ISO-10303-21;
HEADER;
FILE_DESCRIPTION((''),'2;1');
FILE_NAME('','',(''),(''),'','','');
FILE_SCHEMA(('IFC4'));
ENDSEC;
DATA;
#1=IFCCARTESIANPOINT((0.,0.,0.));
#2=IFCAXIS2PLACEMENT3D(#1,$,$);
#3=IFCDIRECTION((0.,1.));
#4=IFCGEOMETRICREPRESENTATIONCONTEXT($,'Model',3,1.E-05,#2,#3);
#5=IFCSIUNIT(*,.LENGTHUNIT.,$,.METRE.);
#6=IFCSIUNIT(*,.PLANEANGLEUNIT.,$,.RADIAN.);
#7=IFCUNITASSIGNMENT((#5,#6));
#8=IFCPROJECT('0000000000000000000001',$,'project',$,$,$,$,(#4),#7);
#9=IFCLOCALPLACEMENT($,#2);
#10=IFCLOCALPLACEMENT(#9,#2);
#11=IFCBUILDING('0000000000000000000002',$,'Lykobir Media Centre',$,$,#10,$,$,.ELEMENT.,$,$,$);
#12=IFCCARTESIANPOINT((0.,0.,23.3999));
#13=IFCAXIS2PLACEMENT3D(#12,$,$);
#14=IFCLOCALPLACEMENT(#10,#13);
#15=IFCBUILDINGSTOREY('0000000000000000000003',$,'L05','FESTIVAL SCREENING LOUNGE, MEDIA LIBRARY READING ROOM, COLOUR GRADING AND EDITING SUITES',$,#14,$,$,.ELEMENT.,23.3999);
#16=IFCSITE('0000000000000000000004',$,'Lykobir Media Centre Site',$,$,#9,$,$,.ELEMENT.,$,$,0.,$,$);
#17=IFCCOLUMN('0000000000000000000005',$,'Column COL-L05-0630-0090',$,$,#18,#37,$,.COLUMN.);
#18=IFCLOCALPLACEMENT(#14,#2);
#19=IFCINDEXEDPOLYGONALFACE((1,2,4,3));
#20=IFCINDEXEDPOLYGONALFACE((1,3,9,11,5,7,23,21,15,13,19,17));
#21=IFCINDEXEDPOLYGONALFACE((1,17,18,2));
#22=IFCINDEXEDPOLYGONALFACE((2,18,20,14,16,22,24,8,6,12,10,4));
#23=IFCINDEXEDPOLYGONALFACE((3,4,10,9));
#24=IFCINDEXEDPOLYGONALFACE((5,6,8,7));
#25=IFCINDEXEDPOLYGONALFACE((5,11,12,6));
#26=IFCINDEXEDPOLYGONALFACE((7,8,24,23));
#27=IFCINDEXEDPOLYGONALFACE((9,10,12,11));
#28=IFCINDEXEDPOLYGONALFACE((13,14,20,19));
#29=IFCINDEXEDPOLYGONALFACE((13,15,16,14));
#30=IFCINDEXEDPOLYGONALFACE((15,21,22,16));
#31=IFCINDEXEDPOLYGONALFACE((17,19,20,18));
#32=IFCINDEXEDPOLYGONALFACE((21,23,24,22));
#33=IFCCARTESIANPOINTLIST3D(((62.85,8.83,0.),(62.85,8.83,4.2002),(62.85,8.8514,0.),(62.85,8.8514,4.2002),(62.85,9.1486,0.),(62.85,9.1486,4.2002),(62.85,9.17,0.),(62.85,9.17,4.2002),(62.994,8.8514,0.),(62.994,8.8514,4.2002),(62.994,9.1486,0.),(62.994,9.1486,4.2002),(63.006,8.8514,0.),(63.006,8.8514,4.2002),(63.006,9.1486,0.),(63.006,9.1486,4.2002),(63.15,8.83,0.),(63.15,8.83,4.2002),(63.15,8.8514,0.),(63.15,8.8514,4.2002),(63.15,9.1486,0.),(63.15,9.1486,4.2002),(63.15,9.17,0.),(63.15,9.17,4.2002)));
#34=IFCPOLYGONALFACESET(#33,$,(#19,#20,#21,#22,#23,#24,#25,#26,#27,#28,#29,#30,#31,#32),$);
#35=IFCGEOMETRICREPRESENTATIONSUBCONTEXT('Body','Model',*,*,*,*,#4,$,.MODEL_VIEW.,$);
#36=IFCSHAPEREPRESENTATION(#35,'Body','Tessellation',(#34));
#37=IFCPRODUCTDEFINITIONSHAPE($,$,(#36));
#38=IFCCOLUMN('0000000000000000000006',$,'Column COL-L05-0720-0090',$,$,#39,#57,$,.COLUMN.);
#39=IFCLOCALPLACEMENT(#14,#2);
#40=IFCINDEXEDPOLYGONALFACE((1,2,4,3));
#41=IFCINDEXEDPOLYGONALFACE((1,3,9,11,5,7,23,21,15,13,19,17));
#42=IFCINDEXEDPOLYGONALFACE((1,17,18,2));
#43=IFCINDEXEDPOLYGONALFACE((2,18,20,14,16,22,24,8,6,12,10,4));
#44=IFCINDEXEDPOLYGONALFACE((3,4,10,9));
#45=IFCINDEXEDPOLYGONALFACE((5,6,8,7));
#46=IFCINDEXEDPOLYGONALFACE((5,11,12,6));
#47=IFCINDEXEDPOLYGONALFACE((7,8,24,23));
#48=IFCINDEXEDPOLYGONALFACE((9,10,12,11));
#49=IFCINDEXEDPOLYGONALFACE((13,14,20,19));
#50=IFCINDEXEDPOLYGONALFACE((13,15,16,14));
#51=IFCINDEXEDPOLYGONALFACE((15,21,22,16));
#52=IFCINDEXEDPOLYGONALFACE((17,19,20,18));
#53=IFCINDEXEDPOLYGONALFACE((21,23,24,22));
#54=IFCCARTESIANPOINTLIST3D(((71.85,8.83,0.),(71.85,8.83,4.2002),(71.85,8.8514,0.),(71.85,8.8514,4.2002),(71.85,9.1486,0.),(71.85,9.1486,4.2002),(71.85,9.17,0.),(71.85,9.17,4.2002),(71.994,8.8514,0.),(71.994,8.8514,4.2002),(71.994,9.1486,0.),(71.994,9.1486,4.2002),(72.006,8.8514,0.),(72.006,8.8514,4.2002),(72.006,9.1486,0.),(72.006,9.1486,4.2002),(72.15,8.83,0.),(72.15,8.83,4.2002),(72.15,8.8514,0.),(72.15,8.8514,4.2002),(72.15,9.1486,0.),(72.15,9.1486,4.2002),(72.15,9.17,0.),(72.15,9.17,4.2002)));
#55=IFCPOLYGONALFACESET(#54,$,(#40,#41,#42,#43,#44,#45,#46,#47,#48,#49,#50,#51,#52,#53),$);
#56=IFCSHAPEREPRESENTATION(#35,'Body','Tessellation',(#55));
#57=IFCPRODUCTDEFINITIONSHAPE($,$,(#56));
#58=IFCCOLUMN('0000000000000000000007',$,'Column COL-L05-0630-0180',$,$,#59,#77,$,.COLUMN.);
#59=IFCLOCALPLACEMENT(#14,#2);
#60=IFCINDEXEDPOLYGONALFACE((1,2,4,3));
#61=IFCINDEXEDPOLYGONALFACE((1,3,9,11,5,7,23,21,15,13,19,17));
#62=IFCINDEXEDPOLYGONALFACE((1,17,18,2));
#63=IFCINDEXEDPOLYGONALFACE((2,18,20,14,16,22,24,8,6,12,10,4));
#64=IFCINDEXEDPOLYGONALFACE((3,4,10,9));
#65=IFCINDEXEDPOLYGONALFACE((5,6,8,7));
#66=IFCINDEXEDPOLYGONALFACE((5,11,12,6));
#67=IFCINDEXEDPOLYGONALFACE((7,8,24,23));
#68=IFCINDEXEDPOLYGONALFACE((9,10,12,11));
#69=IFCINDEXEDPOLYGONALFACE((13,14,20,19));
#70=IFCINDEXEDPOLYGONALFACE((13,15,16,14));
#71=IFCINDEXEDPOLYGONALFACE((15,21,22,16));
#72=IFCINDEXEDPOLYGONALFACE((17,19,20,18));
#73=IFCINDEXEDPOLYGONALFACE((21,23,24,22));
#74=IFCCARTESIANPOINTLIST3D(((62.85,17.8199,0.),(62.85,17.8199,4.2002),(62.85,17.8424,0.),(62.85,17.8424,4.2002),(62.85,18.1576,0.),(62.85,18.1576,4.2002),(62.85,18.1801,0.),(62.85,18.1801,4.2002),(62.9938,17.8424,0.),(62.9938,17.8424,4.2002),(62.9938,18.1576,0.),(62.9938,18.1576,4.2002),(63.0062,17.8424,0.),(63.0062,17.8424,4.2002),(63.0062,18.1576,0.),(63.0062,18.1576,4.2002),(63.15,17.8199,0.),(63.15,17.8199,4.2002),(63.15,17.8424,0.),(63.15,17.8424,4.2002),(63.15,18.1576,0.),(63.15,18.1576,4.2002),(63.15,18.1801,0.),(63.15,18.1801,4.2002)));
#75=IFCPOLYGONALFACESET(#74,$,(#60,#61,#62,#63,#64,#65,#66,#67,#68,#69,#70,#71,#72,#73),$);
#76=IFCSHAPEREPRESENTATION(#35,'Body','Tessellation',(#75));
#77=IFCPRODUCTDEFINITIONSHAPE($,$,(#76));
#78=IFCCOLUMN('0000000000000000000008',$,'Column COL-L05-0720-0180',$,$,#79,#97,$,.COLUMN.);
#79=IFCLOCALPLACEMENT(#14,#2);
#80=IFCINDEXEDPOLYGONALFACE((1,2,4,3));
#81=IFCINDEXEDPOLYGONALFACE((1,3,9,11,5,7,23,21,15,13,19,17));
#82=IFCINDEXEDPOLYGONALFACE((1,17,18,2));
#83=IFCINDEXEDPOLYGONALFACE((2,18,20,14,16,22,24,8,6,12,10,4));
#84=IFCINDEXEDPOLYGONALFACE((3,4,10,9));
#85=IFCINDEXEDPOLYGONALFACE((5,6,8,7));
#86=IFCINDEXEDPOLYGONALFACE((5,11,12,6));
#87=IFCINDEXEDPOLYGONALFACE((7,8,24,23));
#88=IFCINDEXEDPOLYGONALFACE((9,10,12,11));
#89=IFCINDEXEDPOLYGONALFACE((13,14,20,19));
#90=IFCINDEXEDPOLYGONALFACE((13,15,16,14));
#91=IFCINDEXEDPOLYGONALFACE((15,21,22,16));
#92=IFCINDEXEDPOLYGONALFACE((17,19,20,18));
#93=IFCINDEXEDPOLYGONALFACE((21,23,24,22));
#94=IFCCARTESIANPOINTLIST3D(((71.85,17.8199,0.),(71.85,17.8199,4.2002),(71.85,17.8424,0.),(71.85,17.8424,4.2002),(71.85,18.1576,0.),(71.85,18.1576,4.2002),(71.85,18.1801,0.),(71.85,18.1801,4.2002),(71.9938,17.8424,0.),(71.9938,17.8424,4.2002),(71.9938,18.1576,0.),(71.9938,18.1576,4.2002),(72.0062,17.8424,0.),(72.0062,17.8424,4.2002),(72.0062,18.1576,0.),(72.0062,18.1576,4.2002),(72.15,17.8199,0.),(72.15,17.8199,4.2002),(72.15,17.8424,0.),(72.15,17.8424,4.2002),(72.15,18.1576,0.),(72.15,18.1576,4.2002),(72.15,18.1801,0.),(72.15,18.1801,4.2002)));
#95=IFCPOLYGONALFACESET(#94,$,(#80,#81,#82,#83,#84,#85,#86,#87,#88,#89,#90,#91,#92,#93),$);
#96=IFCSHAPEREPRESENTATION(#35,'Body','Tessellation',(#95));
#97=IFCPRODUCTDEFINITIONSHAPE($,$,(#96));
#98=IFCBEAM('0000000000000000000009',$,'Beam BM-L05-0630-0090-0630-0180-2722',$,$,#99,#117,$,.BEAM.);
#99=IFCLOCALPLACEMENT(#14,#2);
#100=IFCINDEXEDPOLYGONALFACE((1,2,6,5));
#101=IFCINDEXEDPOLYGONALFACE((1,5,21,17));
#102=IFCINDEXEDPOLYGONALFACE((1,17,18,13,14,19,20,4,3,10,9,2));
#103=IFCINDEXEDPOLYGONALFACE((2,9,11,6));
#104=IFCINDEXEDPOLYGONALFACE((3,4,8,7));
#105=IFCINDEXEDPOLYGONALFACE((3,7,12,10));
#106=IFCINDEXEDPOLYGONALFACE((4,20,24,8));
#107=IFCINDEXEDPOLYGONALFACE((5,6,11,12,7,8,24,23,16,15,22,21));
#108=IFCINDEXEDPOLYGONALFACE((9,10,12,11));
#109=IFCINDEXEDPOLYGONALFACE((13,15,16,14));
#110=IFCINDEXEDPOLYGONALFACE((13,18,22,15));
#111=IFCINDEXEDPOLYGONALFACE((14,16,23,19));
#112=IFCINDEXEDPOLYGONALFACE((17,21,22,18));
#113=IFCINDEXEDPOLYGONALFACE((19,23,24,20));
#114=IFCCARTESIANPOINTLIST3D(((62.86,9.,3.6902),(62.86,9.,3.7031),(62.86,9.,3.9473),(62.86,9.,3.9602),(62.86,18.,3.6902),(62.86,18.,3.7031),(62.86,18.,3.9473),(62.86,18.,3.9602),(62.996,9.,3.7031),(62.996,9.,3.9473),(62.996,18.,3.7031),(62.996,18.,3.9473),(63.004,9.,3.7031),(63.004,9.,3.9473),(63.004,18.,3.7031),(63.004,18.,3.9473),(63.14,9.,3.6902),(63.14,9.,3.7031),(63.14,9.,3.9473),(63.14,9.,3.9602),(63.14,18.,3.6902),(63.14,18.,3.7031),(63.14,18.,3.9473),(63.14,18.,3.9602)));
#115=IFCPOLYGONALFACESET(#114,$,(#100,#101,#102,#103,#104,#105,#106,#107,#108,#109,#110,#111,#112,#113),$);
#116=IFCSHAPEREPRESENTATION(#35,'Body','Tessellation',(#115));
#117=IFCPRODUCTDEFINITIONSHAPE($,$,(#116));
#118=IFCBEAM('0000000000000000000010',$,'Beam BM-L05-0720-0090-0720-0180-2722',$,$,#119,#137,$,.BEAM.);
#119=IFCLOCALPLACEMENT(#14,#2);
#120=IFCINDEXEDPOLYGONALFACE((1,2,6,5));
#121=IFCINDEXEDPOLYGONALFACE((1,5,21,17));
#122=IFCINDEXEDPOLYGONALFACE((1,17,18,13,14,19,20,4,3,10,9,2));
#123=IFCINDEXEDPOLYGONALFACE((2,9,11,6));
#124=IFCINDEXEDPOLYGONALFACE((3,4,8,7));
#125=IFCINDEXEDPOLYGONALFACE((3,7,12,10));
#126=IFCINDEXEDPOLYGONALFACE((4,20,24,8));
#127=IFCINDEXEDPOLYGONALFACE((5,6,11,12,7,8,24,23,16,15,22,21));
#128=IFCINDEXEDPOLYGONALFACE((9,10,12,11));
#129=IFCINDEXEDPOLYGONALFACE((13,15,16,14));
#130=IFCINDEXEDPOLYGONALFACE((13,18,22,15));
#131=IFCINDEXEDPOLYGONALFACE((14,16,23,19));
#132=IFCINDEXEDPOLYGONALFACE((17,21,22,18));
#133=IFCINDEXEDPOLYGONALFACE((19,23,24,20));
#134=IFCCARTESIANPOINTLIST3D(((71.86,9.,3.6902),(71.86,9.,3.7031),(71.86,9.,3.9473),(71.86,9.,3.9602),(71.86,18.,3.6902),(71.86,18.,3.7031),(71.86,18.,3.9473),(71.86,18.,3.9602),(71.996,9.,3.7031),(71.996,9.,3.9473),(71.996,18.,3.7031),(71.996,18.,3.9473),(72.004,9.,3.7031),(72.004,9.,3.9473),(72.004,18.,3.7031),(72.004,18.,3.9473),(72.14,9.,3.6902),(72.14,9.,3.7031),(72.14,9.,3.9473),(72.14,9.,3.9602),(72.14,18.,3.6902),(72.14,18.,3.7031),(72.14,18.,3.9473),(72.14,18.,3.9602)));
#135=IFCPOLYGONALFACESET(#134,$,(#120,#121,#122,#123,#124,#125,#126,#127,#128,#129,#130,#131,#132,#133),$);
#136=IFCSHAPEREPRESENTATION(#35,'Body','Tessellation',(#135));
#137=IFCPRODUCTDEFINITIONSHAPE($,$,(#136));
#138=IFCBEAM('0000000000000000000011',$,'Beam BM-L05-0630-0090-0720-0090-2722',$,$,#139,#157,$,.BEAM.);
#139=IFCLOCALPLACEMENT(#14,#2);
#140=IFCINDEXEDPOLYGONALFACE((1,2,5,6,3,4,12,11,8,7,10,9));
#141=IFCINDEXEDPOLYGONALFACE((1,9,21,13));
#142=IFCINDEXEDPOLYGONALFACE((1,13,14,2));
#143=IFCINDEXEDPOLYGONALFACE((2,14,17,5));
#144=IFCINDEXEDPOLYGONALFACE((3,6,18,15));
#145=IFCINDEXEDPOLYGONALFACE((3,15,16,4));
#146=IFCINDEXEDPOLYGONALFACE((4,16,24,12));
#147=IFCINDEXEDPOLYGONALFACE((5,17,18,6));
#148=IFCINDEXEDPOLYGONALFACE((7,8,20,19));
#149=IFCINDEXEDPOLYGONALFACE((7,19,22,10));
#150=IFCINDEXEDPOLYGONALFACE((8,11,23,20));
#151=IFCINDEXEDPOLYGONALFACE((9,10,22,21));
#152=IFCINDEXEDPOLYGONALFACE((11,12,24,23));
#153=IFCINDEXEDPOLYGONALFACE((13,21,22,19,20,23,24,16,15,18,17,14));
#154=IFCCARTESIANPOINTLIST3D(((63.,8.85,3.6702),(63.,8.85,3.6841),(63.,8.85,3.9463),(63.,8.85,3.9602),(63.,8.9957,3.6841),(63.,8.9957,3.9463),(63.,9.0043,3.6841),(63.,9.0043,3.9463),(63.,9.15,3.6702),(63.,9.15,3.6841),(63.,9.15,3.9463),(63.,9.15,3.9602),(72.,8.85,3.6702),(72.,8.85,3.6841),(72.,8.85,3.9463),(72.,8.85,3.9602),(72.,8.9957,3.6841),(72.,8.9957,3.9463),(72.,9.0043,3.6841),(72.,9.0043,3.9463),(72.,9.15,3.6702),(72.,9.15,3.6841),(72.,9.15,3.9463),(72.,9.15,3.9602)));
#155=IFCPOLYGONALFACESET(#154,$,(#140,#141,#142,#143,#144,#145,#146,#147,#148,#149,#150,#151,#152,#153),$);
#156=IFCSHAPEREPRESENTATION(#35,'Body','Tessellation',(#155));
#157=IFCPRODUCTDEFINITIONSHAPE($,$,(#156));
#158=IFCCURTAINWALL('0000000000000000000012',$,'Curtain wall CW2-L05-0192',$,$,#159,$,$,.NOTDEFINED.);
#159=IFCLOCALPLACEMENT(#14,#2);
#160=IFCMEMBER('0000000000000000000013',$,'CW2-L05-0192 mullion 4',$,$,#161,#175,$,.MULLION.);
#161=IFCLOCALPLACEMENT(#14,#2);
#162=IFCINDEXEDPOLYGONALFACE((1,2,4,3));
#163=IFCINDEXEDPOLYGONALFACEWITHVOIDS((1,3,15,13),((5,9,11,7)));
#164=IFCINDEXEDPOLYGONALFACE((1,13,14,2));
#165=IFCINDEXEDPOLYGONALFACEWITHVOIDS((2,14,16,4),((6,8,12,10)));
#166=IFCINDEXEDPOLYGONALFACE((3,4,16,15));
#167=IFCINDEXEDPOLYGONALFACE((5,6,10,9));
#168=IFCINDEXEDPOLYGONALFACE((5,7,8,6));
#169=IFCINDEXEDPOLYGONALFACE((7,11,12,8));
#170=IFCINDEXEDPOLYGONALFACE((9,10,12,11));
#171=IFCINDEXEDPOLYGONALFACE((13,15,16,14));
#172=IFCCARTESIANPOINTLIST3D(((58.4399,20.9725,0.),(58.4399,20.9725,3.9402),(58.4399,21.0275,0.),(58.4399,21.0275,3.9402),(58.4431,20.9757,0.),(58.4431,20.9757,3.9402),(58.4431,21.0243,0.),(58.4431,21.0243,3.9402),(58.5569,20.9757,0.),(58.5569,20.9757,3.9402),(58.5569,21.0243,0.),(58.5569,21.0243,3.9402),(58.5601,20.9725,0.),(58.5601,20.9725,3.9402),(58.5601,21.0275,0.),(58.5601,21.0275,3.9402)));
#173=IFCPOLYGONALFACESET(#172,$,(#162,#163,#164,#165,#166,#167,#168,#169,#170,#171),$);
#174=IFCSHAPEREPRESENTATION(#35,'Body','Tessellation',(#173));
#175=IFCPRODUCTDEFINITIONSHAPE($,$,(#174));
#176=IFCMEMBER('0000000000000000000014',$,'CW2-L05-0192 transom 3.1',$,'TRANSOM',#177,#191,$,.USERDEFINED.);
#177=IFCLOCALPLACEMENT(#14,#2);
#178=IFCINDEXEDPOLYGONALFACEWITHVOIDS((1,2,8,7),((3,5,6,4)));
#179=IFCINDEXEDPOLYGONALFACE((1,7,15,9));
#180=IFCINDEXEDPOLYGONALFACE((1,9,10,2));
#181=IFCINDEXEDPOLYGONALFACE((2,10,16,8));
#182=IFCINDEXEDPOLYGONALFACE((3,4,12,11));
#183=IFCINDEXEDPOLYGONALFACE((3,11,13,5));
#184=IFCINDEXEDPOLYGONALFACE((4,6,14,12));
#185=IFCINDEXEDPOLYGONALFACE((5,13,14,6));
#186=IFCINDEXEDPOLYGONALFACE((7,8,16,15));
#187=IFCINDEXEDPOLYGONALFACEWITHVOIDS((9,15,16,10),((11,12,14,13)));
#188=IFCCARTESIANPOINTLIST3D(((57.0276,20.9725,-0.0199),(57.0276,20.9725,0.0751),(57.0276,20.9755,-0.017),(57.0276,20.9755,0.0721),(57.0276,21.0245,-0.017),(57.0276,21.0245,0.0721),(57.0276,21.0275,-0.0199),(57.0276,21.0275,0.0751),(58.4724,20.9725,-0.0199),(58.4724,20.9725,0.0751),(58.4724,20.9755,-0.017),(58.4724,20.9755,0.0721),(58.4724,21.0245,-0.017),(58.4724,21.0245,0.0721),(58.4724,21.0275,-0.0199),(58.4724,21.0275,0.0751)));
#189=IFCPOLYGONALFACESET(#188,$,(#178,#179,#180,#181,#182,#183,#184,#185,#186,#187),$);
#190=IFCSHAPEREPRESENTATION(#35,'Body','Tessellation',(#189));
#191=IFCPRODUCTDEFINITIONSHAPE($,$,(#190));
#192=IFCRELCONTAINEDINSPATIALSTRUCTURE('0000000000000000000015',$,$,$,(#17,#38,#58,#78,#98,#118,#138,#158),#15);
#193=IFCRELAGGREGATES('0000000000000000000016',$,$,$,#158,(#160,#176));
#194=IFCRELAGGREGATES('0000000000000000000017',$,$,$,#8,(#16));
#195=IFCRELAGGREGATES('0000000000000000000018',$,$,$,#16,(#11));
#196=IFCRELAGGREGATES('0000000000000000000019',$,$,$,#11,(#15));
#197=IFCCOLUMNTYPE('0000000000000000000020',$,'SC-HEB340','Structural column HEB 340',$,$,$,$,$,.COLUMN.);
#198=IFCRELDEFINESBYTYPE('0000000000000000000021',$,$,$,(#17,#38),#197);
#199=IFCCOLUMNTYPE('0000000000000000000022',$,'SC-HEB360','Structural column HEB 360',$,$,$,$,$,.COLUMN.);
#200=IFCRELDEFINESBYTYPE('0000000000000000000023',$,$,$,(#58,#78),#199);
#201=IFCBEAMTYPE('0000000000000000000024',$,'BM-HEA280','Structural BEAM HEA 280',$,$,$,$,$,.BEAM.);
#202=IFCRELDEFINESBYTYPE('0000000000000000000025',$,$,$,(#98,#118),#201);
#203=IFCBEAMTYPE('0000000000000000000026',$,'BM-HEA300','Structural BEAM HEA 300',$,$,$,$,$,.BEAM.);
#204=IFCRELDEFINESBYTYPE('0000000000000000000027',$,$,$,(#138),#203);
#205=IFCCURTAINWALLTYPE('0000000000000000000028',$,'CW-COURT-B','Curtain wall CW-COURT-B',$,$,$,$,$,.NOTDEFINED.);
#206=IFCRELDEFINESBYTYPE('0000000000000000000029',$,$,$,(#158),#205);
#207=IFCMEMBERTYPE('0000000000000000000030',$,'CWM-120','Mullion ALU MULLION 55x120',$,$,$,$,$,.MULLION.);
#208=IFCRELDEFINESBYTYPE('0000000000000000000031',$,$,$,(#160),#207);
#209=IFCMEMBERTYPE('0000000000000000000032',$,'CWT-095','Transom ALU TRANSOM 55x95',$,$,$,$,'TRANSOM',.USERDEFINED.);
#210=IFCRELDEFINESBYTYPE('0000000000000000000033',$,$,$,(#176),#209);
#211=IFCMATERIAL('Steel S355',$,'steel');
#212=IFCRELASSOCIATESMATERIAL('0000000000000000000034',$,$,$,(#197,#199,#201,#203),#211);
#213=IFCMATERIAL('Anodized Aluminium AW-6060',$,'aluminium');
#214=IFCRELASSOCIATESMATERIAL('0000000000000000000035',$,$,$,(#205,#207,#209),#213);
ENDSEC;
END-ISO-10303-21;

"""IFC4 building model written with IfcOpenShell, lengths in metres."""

from ifc_helpers import new_model, si_unit, direction, frame, origin, origin_2d, place, context, subcontext, project, spatial, hollow_rectangle, i_section, extrude, material, material_profile, profile_set, type_object, element, aggregate, save


model = new_model("IFC4")

# Units and contexts
model_context = context("Model", 3, precision=1e-05, world=origin(), true_north=direction((0.0, 1.0)))
body_context = subcontext(model_context, "Body", "Model", "MODEL_VIEW")
ifc_project = project(units=[si_unit("LENGTHUNIT", "METRE"), si_unit("PLANEANGLEUNIT", "RADIAN")], contexts=[model_context])

# Site, building, storey
site_placement = place(None, origin())
site = spatial("IfcSite", under=ifc_project, at=site_placement, Name="Lykobir Media Centre Site", CompositionType="ELEMENT", RefElevation=0.0)
building_placement = place(site_placement, origin())
building = spatial("IfcBuilding", under=site, at=building_placement, Name="Lykobir Media Centre", CompositionType="ELEMENT")
storey_placement = place(building_placement, frame((0.0, 0.0, 23.3999)))
storey = spatial("IfcBuildingStorey", under=building, at=storey_placement, Name="L05", Description="FESTIVAL SCREENING LOUNGE, MEDIA LIBRARY READING ROOM, COLOUR GRADING AND EDITING SUITES", CompositionType="ELEMENT", Elevation=23.3999)

# Columns
ifc_material_1 = material(Name="Steel S355", Category="steel")
ifc_material_profile_1 = material_profile(ifc_material_1, i_section(OverallWidth=0.3, OverallDepth=0.3401, WebThickness=0.012, FlangeThickness=0.0215, at=origin_2d()), Name="HEB 340")
ifc_profile_set_1 = profile_set([ifc_material_profile_1], Name="Steel S355")
column_type_1 = type_object("IfcColumnType", Name="SC-HEB340", Description="Structural column HEB 340", PredefinedType="COLUMN", material=ifc_profile_set_1)
for number, where, z_axis, x_axis, name in (
    (1, (63.0, 9.0, 0.0), (0.0, 0.0, 1.0), (1.0, 0.0, 0.0), "Column COL-L05-0630-0090"),
    (2, (72.0, 9.0, 0.0), (0.0, 0.0, 1.0), (1.0, 0.0, 0.0), "Column COL-L05-0720-0090"),
):
    element("IfcColumn", number, at=place(storey_placement, frame(where, z_axis=z_axis, x_axis=x_axis)), inside=storey, type_object=column_type_1, Name=name, PredefinedType="COLUMN", context=body_context, shape_type="SweptSolid", body=[
        extrude(i_section(OverallWidth=0.3, OverallDepth=0.3401, WebThickness=0.012, FlangeThickness=0.0215, at=origin_2d()), origin(), (0.0, 0.0, 1.0), 4.2002),
    ])
ifc_material_profile_2 = material_profile(ifc_material_1, i_section(OverallWidth=0.3, OverallDepth=0.3601, WebThickness=0.0125, FlangeThickness=0.0225, at=origin_2d()), Name="HEB 360")
ifc_profile_set_2 = profile_set([ifc_material_profile_2], Name="Steel S355")
column_type_2 = type_object("IfcColumnType", Name="SC-HEB360", Description="Structural column HEB 360", PredefinedType="COLUMN", material=ifc_profile_set_2)
for number, where, z_axis, x_axis, name in (
    (3, (63.0, 18.0, 0.0), (0.0, 0.0, 1.0), (1.0, 0.0, 0.0), "Column COL-L05-0630-0180"),
    (4, (72.0, 18.0, 0.0), (0.0, 0.0, 1.0), (1.0, 0.0, 0.0), "Column COL-L05-0720-0180"),
):
    element("IfcColumn", number, at=place(storey_placement, frame(where, z_axis=z_axis, x_axis=x_axis)), inside=storey, type_object=column_type_2, Name=name, PredefinedType="COLUMN", context=body_context, shape_type="SweptSolid", body=[
        extrude(i_section(OverallWidth=0.3, OverallDepth=0.3601, WebThickness=0.0125, FlangeThickness=0.0225, at=origin_2d()), origin(), (0.0, 0.0, 1.0), 4.2002),
    ])

# Beams
ifc_material_profile_3 = material_profile(ifc_material_1, i_section(OverallWidth=0.28, OverallDepth=0.27, WebThickness=0.0081, FlangeThickness=0.0129, at=origin_2d()), Name="HEA 280")
ifc_profile_set_3 = profile_set([ifc_material_profile_3], Name="Steel S355")
beam_type_1 = type_object("IfcBeamType", Name="BM-HEA280", Description="Structural BEAM HEA 280", PredefinedType="BEAM", material=ifc_profile_set_3)
for number, where, z_axis, x_axis, name in (
    (5, (63.0, 9.0, 3.8252), (0.0, 1.0, 0.0), (-1.0, 0.0, 0.0), "Beam BM-L05-0630-0090-0630-0180-2722"),
    (6, (72.0, 9.0, 3.8252), (0.0, 1.0, 0.0), (-1.0, 0.0, 0.0), "Beam BM-L05-0720-0090-0720-0180-2722"),
):
    element("IfcBeam", number, at=place(storey_placement, frame(where, z_axis=z_axis, x_axis=x_axis)), inside=storey, type_object=beam_type_1, Name=name, PredefinedType="BEAM", context=body_context, shape_type="SweptSolid", body=[
        extrude(i_section(OverallWidth=0.28, OverallDepth=0.27, WebThickness=0.0081, FlangeThickness=0.0129, at=origin_2d()), origin(), (0.0, 0.0, 1.0), 9.0),
    ])
ifc_material_profile_4 = material_profile(ifc_material_1, i_section(OverallWidth=0.3, OverallDepth=0.29, WebThickness=0.0085, FlangeThickness=0.0139, at=origin_2d()), Name="HEA 300")
ifc_profile_set_4 = profile_set([ifc_material_profile_4], Name="Steel S355")
beam_type_2 = type_object("IfcBeamType", Name="BM-HEA300", Description="Structural BEAM HEA 300", PredefinedType="BEAM", material=ifc_profile_set_4)
beam_placement = place(storey_placement, frame((63.0, 9.0, 3.8152), z_axis=(1.0, 0.0, 0.0), x_axis=(0.0, 1.0, 0.0)))
element("IfcBeam", 7, at=beam_placement, inside=storey, type_object=beam_type_2, Name="Beam BM-L05-0630-0090-0720-0090-2722", PredefinedType="BEAM", context=body_context, shape_type="SweptSolid", body=[
    extrude(i_section(OverallWidth=0.3, OverallDepth=0.29, WebThickness=0.0085, FlangeThickness=0.0139, at=origin_2d()), origin(), (0.0, 0.0, 1.0), 9.0),
])

# Curtain wall, members
ifc_material_2 = material(Name="Anodized Aluminium AW-6060", Category="aluminium")
curtain_wall_type = type_object("IfcCurtainWallType", Name="CW-COURT-B", Description="Curtain wall CW-COURT-B", PredefinedType="NOTDEFINED", material=ifc_material_2)
curtain_wall_placement = place(storey_placement, origin())
curtain_wall = element("IfcCurtainWall", 8, at=curtain_wall_placement, inside=storey, type_object=curtain_wall_type, Name="Curtain wall CW2-L05-0192", PredefinedType="NOTDEFINED")
ifc_material_profile_5 = material_profile(ifc_material_2, hollow_rectangle(XDim=0.0549, YDim=0.1201, WallThickness=0.0032, at=origin_2d()), Name="ALU MULLION 55x120")
ifc_profile_set_5 = profile_set([ifc_material_profile_5], Name="Anodized Aluminium AW-6060")
member_type_1 = type_object("IfcMemberType", Name="CWM-120", Description="Mullion ALU MULLION 55x120", PredefinedType="MULLION", material=ifc_profile_set_5)
member_1_placement = place(storey_placement, frame((58.5, 21.0, 0.0), z_axis=(0.0, 0.0, 1.0), x_axis=(0.0, 1.0, 0.0)))
member_1 = element("IfcMember", 9, at=member_1_placement, type_object=member_type_1, Name="CW2-L05-0192 mullion 4", PredefinedType="MULLION", context=body_context, shape_type="SweptSolid", body=[
    extrude(hollow_rectangle(XDim=0.0549, YDim=0.1201, WallThickness=0.0032, at=origin_2d()), origin(), (0.0, 0.0, 1.0), 3.9402),
])
ifc_material_profile_6 = material_profile(ifc_material_2, hollow_rectangle(XDim=0.0549, YDim=0.095, WallThickness=0.0029, at=origin_2d()), Name="ALU TRANSOM 55x95")
ifc_profile_set_6 = profile_set([ifc_material_profile_6], Name="Anodized Aluminium AW-6060")
member_type_2 = type_object("IfcMemberType", Name="CWT-095", Description="Transom ALU TRANSOM 55x95", ElementType="TRANSOM", PredefinedType="USERDEFINED", material=ifc_profile_set_6)
member_2_placement = place(storey_placement, frame((57.0276, 21.0, 0.0276), z_axis=(1.0, 0.0, 0.0), x_axis=(0.0, 1.0, 0.0)))
member_2 = element("IfcMember", 10, at=member_2_placement, type_object=member_type_2, Name="CW2-L05-0192 transom 3.1", ObjectType="TRANSOM", PredefinedType="USERDEFINED", context=body_context, shape_type="SweptSolid", body=[
    extrude(hollow_rectangle(XDim=0.0549, YDim=0.095, WallThickness=0.0029, at=origin_2d()), origin(), (0.0, 0.0, 1.0), 1.4448),
])

aggregate(curtain_wall, [member_1, member_2])

save(model, "model.ifc")
